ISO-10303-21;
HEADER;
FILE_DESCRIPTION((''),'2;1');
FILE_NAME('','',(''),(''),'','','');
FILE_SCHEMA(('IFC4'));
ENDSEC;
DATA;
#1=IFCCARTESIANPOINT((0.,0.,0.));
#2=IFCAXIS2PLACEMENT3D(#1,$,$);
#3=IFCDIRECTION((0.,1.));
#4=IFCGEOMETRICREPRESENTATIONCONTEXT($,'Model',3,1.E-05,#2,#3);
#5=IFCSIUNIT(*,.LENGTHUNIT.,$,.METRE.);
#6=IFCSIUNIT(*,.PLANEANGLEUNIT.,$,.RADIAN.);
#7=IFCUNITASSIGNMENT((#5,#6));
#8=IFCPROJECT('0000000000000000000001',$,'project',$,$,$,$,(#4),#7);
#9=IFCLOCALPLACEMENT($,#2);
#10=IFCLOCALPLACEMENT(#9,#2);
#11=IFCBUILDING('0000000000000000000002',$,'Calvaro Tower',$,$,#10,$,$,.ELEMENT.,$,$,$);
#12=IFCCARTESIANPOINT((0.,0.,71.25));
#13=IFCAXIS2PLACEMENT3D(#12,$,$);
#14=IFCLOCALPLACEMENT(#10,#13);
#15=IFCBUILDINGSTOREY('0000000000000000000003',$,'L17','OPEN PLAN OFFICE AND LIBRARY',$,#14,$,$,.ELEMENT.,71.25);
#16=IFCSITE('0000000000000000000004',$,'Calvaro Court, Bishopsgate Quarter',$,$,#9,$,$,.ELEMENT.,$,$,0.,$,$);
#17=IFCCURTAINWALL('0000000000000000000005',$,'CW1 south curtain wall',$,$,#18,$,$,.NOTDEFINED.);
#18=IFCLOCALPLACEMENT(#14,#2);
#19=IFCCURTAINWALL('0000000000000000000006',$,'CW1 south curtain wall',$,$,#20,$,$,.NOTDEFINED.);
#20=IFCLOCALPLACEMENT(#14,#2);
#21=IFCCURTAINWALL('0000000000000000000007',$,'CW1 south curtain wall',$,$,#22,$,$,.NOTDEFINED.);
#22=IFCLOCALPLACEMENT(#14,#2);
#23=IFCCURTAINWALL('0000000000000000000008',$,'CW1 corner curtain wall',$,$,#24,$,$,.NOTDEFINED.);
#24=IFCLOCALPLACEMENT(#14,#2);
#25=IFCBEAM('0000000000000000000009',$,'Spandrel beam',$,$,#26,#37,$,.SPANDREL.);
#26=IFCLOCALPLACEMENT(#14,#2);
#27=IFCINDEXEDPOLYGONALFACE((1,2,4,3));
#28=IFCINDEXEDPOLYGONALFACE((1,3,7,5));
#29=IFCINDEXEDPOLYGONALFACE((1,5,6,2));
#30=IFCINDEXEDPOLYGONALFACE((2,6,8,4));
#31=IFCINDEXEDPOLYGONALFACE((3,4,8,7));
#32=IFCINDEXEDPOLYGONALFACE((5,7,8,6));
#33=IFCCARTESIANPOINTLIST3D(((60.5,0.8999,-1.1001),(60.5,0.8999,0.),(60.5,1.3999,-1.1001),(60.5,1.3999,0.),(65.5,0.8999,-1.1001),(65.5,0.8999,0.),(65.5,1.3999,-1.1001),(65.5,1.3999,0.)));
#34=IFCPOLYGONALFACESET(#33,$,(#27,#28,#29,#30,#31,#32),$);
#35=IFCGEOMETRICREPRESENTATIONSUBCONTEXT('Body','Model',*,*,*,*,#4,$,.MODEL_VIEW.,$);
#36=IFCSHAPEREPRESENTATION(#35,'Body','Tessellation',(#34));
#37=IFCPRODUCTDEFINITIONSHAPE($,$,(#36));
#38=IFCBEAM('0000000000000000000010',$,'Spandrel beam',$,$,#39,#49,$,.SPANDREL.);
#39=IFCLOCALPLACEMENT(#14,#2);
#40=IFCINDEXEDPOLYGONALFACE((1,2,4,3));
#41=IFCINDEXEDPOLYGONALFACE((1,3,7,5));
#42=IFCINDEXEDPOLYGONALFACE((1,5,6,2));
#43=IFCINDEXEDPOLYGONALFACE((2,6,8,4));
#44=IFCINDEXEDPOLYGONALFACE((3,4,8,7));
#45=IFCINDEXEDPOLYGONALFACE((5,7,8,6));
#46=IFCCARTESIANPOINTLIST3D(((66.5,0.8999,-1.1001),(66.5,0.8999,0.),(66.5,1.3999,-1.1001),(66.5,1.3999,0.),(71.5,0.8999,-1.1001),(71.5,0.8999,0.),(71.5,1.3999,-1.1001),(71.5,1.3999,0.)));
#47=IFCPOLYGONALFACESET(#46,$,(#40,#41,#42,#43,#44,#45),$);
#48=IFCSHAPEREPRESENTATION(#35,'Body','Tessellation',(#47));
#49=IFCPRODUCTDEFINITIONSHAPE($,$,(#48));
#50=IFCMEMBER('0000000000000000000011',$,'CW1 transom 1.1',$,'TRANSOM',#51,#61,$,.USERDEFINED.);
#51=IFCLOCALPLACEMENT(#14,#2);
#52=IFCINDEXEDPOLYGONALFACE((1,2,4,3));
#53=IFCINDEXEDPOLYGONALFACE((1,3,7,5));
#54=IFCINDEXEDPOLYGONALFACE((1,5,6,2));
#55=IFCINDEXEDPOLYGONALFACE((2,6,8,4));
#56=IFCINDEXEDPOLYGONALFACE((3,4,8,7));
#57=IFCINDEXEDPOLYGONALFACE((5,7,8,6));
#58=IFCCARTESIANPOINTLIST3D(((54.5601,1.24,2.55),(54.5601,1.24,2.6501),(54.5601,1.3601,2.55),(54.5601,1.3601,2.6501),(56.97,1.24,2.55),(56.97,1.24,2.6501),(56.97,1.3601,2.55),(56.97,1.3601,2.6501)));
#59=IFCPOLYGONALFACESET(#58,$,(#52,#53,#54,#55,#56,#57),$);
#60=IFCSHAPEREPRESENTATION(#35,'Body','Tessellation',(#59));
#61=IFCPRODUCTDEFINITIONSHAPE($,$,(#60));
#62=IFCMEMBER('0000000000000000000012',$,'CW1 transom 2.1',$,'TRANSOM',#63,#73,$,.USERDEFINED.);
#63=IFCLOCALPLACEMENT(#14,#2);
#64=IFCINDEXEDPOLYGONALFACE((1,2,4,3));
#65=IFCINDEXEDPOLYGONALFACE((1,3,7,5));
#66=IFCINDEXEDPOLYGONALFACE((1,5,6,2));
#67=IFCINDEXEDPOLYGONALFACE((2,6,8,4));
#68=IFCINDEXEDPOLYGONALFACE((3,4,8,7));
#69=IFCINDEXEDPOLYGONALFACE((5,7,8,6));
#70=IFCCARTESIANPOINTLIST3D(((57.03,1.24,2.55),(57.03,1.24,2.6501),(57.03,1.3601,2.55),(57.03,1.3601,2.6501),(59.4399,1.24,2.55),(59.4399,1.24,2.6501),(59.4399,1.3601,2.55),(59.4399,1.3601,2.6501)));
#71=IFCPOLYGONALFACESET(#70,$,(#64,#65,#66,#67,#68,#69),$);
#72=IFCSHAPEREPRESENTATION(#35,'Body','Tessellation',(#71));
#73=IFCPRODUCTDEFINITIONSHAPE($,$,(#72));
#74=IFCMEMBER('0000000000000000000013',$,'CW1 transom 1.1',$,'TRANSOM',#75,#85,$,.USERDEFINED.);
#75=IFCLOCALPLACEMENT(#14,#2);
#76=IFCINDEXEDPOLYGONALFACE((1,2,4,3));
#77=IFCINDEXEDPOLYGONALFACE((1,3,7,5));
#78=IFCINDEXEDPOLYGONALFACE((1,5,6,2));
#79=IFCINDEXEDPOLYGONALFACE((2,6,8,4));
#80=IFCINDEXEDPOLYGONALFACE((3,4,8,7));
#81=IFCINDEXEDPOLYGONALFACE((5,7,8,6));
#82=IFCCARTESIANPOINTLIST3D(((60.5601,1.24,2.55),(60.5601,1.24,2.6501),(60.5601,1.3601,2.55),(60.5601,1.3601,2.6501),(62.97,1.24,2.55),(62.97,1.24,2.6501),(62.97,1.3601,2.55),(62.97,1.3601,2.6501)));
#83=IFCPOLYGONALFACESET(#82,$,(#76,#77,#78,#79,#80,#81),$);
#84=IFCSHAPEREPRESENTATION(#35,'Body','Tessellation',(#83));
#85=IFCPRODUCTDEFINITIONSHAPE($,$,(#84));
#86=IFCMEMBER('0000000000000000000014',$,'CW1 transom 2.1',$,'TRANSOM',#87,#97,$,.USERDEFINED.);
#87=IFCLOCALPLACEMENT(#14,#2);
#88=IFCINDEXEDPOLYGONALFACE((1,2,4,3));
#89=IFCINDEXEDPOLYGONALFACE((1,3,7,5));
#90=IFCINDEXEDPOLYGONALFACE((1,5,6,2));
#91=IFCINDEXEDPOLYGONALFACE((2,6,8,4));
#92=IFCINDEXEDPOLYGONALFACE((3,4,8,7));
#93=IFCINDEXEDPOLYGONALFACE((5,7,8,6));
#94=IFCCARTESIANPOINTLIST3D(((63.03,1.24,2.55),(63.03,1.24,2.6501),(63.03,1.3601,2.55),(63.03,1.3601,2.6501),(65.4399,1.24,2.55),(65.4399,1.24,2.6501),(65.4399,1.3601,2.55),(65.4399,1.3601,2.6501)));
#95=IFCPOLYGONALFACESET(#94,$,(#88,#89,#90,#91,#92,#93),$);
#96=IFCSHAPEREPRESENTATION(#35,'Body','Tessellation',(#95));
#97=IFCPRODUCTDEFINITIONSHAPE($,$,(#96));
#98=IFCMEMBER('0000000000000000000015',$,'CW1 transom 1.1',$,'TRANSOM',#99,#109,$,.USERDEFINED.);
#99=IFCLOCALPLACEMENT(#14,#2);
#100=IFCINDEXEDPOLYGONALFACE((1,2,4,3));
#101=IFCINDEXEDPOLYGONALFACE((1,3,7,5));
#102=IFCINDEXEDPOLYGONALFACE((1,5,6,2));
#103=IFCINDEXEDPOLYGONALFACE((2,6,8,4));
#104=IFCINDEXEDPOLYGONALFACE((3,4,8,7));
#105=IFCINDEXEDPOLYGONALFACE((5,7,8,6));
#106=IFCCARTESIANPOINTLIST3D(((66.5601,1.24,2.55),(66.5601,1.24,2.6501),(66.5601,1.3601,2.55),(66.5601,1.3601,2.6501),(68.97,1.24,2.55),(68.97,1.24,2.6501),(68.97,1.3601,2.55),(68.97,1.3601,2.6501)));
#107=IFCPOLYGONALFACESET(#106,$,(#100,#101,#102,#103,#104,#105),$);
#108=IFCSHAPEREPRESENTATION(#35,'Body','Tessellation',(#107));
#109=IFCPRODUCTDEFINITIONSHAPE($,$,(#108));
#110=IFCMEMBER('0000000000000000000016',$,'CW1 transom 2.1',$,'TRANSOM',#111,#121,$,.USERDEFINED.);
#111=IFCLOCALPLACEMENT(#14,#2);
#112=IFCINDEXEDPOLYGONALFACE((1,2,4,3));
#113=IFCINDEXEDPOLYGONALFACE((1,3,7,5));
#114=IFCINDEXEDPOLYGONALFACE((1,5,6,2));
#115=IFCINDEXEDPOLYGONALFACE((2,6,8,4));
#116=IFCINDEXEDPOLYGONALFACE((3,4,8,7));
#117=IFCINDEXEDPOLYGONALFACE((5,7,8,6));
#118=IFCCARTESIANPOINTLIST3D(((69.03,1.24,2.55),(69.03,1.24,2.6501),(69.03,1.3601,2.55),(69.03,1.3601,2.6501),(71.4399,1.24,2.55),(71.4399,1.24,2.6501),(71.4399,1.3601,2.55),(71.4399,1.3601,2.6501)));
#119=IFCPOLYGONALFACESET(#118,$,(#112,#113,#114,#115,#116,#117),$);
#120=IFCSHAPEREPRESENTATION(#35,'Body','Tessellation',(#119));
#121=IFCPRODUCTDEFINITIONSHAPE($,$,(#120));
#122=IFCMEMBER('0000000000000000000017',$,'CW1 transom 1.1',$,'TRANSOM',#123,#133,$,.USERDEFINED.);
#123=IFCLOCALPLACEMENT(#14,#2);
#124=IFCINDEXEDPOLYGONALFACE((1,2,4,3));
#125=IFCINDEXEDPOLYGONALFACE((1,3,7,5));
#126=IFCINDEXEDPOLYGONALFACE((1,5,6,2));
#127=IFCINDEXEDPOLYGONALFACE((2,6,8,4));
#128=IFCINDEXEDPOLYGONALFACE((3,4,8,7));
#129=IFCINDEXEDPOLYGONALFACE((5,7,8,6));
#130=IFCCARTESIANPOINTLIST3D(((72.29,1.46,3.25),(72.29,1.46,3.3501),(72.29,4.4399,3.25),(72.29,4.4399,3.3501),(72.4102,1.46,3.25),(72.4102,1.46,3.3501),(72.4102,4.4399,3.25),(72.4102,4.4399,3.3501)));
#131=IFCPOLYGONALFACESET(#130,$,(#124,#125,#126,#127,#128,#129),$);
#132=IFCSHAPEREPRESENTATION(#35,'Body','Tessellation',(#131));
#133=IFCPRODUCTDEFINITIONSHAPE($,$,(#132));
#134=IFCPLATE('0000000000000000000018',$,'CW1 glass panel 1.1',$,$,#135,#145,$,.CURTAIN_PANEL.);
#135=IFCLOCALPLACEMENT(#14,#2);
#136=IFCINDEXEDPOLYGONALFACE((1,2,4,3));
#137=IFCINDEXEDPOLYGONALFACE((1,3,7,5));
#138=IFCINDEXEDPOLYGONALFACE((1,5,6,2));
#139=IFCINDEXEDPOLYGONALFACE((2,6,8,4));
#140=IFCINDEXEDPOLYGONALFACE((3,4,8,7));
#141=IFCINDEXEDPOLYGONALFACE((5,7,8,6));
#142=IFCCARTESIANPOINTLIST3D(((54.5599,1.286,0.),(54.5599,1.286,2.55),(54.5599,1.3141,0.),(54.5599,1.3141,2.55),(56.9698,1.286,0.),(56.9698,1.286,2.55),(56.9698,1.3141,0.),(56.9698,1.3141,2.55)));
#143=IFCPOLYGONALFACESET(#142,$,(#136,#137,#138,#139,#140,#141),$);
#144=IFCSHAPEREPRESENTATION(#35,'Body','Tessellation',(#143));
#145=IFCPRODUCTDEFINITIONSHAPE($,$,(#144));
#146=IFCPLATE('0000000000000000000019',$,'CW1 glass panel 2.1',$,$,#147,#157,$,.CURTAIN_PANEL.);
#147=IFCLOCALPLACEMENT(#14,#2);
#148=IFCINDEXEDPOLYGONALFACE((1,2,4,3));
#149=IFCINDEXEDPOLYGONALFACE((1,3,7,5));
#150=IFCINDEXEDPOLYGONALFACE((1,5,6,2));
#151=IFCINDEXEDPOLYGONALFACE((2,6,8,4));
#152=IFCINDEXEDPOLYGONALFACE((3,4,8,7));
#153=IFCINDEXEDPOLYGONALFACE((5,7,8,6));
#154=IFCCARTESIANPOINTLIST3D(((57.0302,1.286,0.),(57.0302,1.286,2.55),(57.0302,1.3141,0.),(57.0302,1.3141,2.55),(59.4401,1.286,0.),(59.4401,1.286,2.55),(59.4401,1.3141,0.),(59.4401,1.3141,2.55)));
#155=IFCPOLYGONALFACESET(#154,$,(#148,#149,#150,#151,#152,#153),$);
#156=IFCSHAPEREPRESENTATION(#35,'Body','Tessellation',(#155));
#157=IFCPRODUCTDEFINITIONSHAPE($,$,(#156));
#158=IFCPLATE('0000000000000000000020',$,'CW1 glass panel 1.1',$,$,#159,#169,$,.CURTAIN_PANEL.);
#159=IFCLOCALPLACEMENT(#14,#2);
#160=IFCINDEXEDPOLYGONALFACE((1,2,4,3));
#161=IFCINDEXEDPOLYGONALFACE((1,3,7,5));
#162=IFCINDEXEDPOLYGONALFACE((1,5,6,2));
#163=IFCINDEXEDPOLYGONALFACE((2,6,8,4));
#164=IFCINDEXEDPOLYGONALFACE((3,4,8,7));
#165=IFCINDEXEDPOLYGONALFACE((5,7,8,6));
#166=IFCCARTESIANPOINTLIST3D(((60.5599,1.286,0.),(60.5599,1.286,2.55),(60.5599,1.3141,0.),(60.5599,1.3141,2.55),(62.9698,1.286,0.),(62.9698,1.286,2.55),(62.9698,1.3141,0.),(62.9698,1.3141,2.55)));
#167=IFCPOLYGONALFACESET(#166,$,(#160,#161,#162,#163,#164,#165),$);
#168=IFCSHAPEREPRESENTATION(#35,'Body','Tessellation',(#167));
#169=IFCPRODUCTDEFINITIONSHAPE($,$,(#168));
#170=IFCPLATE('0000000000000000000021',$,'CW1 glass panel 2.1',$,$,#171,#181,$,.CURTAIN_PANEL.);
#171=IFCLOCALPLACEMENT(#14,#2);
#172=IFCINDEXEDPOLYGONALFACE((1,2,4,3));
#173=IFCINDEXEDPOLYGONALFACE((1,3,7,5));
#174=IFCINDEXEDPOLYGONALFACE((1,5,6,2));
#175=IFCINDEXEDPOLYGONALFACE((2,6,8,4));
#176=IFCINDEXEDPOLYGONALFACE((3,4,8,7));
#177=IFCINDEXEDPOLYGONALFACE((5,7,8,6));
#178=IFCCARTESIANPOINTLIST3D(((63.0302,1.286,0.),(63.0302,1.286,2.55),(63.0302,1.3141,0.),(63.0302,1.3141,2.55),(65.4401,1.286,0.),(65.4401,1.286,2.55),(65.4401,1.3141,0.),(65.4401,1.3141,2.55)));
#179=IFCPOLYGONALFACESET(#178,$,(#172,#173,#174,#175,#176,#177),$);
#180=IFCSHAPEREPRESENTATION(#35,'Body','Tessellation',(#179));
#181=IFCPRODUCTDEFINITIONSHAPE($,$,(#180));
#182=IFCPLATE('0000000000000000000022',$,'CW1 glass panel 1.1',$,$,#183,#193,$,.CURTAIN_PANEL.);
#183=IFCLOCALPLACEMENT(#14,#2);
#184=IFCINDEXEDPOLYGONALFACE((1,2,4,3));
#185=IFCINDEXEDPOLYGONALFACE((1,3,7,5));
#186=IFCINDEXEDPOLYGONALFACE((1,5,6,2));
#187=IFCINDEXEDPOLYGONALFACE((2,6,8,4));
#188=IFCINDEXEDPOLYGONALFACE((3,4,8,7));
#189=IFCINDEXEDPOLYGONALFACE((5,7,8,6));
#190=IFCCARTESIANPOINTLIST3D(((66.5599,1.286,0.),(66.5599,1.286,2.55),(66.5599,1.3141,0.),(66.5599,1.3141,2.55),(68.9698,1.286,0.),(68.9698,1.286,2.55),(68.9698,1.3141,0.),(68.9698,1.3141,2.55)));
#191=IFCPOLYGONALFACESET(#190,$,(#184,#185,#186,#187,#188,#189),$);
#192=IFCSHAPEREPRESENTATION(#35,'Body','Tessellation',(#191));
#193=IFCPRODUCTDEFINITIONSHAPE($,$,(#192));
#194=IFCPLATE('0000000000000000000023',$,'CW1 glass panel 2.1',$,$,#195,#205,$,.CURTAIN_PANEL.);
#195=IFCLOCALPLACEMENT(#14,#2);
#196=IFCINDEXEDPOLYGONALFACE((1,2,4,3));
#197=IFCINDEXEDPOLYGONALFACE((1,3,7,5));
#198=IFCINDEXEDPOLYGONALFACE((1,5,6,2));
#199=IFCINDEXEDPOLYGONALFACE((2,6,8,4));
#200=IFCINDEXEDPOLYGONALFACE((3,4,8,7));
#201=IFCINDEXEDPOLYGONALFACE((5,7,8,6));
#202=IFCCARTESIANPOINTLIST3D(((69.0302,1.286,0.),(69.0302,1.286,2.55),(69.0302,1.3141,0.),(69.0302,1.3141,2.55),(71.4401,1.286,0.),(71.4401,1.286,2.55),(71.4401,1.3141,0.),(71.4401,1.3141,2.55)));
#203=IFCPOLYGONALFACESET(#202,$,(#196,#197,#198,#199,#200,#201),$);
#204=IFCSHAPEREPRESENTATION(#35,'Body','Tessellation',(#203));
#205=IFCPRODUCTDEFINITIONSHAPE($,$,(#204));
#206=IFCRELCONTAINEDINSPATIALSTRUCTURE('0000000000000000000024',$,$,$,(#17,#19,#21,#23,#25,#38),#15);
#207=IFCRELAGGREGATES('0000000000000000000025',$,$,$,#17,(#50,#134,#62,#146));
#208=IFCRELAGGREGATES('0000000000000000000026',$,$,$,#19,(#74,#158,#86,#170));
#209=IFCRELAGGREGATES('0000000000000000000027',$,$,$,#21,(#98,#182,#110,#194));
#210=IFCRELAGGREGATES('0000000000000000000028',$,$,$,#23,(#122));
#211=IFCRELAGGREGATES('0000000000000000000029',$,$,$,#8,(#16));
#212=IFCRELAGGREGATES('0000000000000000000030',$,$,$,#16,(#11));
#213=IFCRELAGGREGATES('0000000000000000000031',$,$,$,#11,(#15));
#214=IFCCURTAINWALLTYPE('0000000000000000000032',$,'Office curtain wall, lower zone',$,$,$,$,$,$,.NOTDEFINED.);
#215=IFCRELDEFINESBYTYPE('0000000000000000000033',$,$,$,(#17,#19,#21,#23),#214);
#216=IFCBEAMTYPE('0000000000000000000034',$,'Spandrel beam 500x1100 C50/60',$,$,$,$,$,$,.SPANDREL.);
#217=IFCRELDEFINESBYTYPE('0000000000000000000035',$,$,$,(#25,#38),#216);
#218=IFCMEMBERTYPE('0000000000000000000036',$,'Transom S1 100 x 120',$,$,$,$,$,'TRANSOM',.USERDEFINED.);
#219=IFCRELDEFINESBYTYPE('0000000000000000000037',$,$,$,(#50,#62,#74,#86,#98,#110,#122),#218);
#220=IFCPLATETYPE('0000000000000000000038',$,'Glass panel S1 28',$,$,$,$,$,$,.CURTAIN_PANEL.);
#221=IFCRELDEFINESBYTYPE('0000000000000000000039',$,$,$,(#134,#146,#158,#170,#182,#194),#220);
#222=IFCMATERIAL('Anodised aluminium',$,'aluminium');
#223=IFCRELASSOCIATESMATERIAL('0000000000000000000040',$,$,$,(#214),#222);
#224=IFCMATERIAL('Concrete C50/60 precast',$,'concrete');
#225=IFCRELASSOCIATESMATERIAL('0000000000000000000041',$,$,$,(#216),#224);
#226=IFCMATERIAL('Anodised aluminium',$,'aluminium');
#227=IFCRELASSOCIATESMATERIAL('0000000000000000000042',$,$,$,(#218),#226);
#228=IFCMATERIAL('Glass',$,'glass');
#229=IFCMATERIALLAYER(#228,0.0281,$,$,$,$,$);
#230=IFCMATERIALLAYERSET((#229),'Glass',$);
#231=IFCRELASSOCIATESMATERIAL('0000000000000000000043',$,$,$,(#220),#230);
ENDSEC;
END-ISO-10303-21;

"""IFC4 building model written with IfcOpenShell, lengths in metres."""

from ifc_helpers import new_model, si_unit, direction, frame, origin, origin_2d, place, context, subcontext, project, spatial, rectangle, extrude, material, layer, layer_set, material_profile, profile_set, type_object, element, aggregate, save


model = new_model("IFC4")

# Units and contexts
model_context = context("Model", 3, precision=1e-05, world=origin(), true_north=direction((0.0, 1.0)))
body_context = subcontext(model_context, "Body", "Model", "MODEL_VIEW")
ifc_project = project(units=[si_unit("LENGTHUNIT", "METRE"), si_unit("PLANEANGLEUNIT", "RADIAN")], contexts=[model_context])

# Site, building, storey
site_placement = place(None, origin())
site = spatial("IfcSite", under=ifc_project, at=site_placement, Name="Calvaro Court, Bishopsgate Quarter", CompositionType="ELEMENT", RefElevation=0.0)
building_placement = place(site_placement, origin())
building = spatial("IfcBuilding", under=site, at=building_placement, Name="Calvaro Tower", CompositionType="ELEMENT")
storey_placement = place(building_placement, frame((0.0, 0.0, 71.25)))
storey = spatial("IfcBuildingStorey", under=building, at=storey_placement, Name="L17", Description="OPEN PLAN OFFICE AND LIBRARY", CompositionType="ELEMENT", Elevation=71.25)

# Curtain walls
ifc_material_1 = material(Name="Anodised aluminium", Category="aluminium")
curtain_wall_type = type_object("IfcCurtainWallType", Name="Office curtain wall, lower zone", PredefinedType="NOTDEFINED", material=ifc_material_1)
curtain_wall_1_placement = place(storey_placement, origin())
curtain_wall_1 = element("IfcCurtainWall", 1, at=curtain_wall_1_placement, inside=storey, type_object=curtain_wall_type, Name="CW1 south curtain wall", PredefinedType="NOTDEFINED")
curtain_wall_2_placement = place(storey_placement, origin())
curtain_wall_2 = element("IfcCurtainWall", 2, at=curtain_wall_2_placement, inside=storey, type_object=curtain_wall_type, Name="CW1 south curtain wall", PredefinedType="NOTDEFINED")
curtain_wall_3_placement = place(storey_placement, origin())
curtain_wall_3 = element("IfcCurtainWall", 3, at=curtain_wall_3_placement, inside=storey, type_object=curtain_wall_type, Name="CW1 south curtain wall", PredefinedType="NOTDEFINED")
curtain_wall_4_placement = place(storey_placement, origin())
curtain_wall_4 = element("IfcCurtainWall", 4, at=curtain_wall_4_placement, inside=storey, type_object=curtain_wall_type, Name="CW1 corner curtain wall", PredefinedType="NOTDEFINED")

# Beams
ifc_material_2 = material(Name="Concrete C50/60 precast", Category="concrete")
ifc_material_profile_1 = material_profile(ifc_material_2, rectangle(XDim=0.5, YDim=1.1001, at=origin_2d()), Name="RC 500x1100")
ifc_profile_set_1 = profile_set([ifc_material_profile_1], Name="Concrete C50/60 precast")
beam_type = type_object("IfcBeamType", Name="Spandrel beam 500x1100 C50/60", PredefinedType="SPANDREL", material=ifc_profile_set_1)
for number, where, z_axis, x_axis, name in (
    (5, (60.5, 1.1499, -0.55), (1.0, 0.0, 0.0), (0.0, 1.0, 0.0), "Spandrel beam"),
    (6, (66.5, 1.1499, -0.55), (1.0, 0.0, 0.0), (0.0, 1.0, 0.0), "Spandrel beam"),
):
    element("IfcBeam", number, at=place(storey_placement, frame(where, z_axis=z_axis, x_axis=x_axis)), inside=storey, type_object=beam_type, Name=name, PredefinedType="SPANDREL", context=body_context, shape_type="SweptSolid", body=[
        extrude(rectangle(XDim=0.5, YDim=1.1001, at=origin_2d()), origin(), (0.0, 0.0, 1.0), 5.0),
    ])

# Members
ifc_material_3 = material(Name="Anodised aluminium", Category="aluminium")
ifc_material_profile_2 = material_profile(ifc_material_3, rectangle(XDim=0.1201, YDim=0.1001, at=origin_2d()), Name="Transom S1 100 x 120")
ifc_profile_set_2 = profile_set([ifc_material_profile_2], Name="Anodised aluminium")
member_type_1 = type_object("IfcMemberType", Name="Transom S1 100 x 120", ElementType="TRANSOM", PredefinedType="USERDEFINED", material=ifc_profile_set_2)
member_1_placement = place(storey_placement, frame((54.5601, 1.3, 2.6001), z_axis=(1.0, 0.0, 0.0), x_axis=(0.0, 1.0, 0.0)))
member_1 = element("IfcMember", 7, at=member_1_placement, type_object=member_type_1, Name="CW1 transom 1.1", ObjectType="TRANSOM", PredefinedType="USERDEFINED", context=body_context, shape_type="SweptSolid", body=[
    extrude(rectangle(XDim=0.1201, YDim=0.1001, at=origin_2d()), origin(), (0.0, 0.0, 1.0), 2.4099),
])
member_2_placement = place(storey_placement, frame((57.03, 1.3, 2.6001), z_axis=(1.0, 0.0, 0.0), x_axis=(0.0, 1.0, 0.0)))
member_2 = element("IfcMember", 8, at=member_2_placement, type_object=member_type_1, Name="CW1 transom 2.1", ObjectType="TRANSOM", PredefinedType="USERDEFINED", context=body_context, shape_type="SweptSolid", body=[
    extrude(rectangle(XDim=0.1201, YDim=0.1001, at=origin_2d()), origin(), (0.0, 0.0, 1.0), 2.4099),
])
member_3_placement = place(storey_placement, frame((60.5601, 1.3, 2.6001), z_axis=(1.0, 0.0, 0.0), x_axis=(0.0, 1.0, 0.0)))
member_3 = element("IfcMember", 9, at=member_3_placement, type_object=member_type_1, Name="CW1 transom 1.1", ObjectType="TRANSOM", PredefinedType="USERDEFINED", context=body_context, shape_type="SweptSolid", body=[
    extrude(rectangle(XDim=0.1201, YDim=0.1001, at=origin_2d()), origin(), (0.0, 0.0, 1.0), 2.4099),
])
member_4_placement = place(storey_placement, frame((63.03, 1.3, 2.6001), z_axis=(1.0, 0.0, 0.0), x_axis=(0.0, 1.0, 0.0)))
member_4 = element("IfcMember", 10, at=member_4_placement, type_object=member_type_1, Name="CW1 transom 2.1", ObjectType="TRANSOM", PredefinedType="USERDEFINED", context=body_context, shape_type="SweptSolid", body=[
    extrude(rectangle(XDim=0.1201, YDim=0.1001, at=origin_2d()), origin(), (0.0, 0.0, 1.0), 2.4099),
])
member_5_placement = place(storey_placement, frame((66.5601, 1.3, 2.6001), z_axis=(1.0, 0.0, 0.0), x_axis=(0.0, 1.0, 0.0)))
member_5 = element("IfcMember", 11, at=member_5_placement, type_object=member_type_1, Name="CW1 transom 1.1", ObjectType="TRANSOM", PredefinedType="USERDEFINED", context=body_context, shape_type="SweptSolid", body=[
    extrude(rectangle(XDim=0.1201, YDim=0.1001, at=origin_2d()), origin(), (0.0, 0.0, 1.0), 2.4099),
])
member_6_placement = place(storey_placement, frame((69.03, 1.3, 2.6001), z_axis=(1.0, 0.0, 0.0), x_axis=(0.0, 1.0, 0.0)))
member_6 = element("IfcMember", 12, at=member_6_placement, type_object=member_type_1, Name="CW1 transom 2.1", ObjectType="TRANSOM", PredefinedType="USERDEFINED", context=body_context, shape_type="SweptSolid", body=[
    extrude(rectangle(XDim=0.1201, YDim=0.1001, at=origin_2d()), origin(), (0.0, 0.0, 1.0), 2.4099),
])
member_7_placement = place(storey_placement, frame((72.3501, 1.46, 3.3), z_axis=(0.0, 1.0, 0.0), x_axis=(-1.0, 0.0, 0.0)))
member_7 = element("IfcMember", 13, at=member_7_placement, type_object=member_type_1, Name="CW1 transom 1.1", ObjectType="TRANSOM", PredefinedType="USERDEFINED", context=body_context, shape_type="SweptSolid", body=[
    extrude(rectangle(XDim=0.1201, YDim=0.1001, at=origin_2d()), origin(), (0.0, 0.0, 1.0), 2.98),
])

# Plates
ifc_material_4 = material(Name="Glass", Category="glass")
ifc_layer = layer(ifc_material_4, 0.0281)
ifc_layer_set = layer_set([ifc_layer], Name="Glass")
plate_type = type_object("IfcPlateType", Name="Glass panel S1 28", PredefinedType="CURTAIN_PANEL", material=ifc_layer_set)
plate_1_placement = place(storey_placement, frame((55.7649, 1.3, 0.0), z_axis=(0.0, 0.0, 1.0), x_axis=(1.0, 0.0, 0.0)))
plate_1 = element("IfcPlate", 14, at=plate_1_placement, type_object=plate_type, Name="CW1 glass panel 1.1", PredefinedType="CURTAIN_PANEL", context=body_context, shape_type="SweptSolid", body=[
    extrude(rectangle(XDim=2.4099, YDim=0.0281, at=origin_2d()), origin(), (0.0, 0.0, 1.0), 2.55),
])
plate_2_placement = place(storey_placement, frame((58.2351, 1.3, 0.0), z_axis=(0.0, 0.0, 1.0), x_axis=(1.0, 0.0, 0.0)))
plate_2 = element("IfcPlate", 15, at=plate_2_placement, type_object=plate_type, Name="CW1 glass panel 2.1", PredefinedType="CURTAIN_PANEL", context=body_context, shape_type="SweptSolid", body=[
    extrude(rectangle(XDim=2.4099, YDim=0.0281, at=origin_2d()), origin(), (0.0, 0.0, 1.0), 2.55),
])
aggregate(curtain_wall_1, [member_1, plate_1, member_2, plate_2])
plate_3_placement = place(storey_placement, frame((61.7649, 1.3, 0.0), z_axis=(0.0, 0.0, 1.0), x_axis=(1.0, 0.0, 0.0)))
plate_3 = element("IfcPlate", 16, at=plate_3_placement, type_object=plate_type, Name="CW1 glass panel 1.1", PredefinedType="CURTAIN_PANEL", context=body_context, shape_type="SweptSolid", body=[
    extrude(rectangle(XDim=2.4099, YDim=0.0281, at=origin_2d()), origin(), (0.0, 0.0, 1.0), 2.55),
])
plate_4_placement = place(storey_placement, frame((64.2351, 1.3, 0.0), z_axis=(0.0, 0.0, 1.0), x_axis=(1.0, 0.0, 0.0)))
plate_4 = element("IfcPlate", 17, at=plate_4_placement, type_object=plate_type, Name="CW1 glass panel 2.1", PredefinedType="CURTAIN_PANEL", context=body_context, shape_type="SweptSolid", body=[
    extrude(rectangle(XDim=2.4099, YDim=0.0281, at=origin_2d()), origin(), (0.0, 0.0, 1.0), 2.55),
])
aggregate(curtain_wall_2, [member_3, plate_3, member_4, plate_4])
plate_5_placement = place(storey_placement, frame((67.7649, 1.3, 0.0), z_axis=(0.0, 0.0, 1.0), x_axis=(1.0, 0.0, 0.0)))
plate_5 = element("IfcPlate", 18, at=plate_5_placement, type_object=plate_type, Name="CW1 glass panel 1.1", PredefinedType="CURTAIN_PANEL", context=body_context, shape_type="SweptSolid", body=[
    extrude(rectangle(XDim=2.4099, YDim=0.0281, at=origin_2d()), origin(), (0.0, 0.0, 1.0), 2.55),
])
plate_6_placement = place(storey_placement, frame((70.2351, 1.3, 0.0), z_axis=(0.0, 0.0, 1.0), x_axis=(1.0, 0.0, 0.0)))
plate_6 = element("IfcPlate", 19, at=plate_6_placement, type_object=plate_type, Name="CW1 glass panel 2.1", PredefinedType="CURTAIN_PANEL", context=body_context, shape_type="SweptSolid", body=[
    extrude(rectangle(XDim=2.4099, YDim=0.0281, at=origin_2d()), origin(), (0.0, 0.0, 1.0), 2.55),
])
aggregate(curtain_wall_3, [member_5, plate_5, member_6, plate_6])
aggregate(curtain_wall_4, [member_7])

save(model, "model.ifc")
